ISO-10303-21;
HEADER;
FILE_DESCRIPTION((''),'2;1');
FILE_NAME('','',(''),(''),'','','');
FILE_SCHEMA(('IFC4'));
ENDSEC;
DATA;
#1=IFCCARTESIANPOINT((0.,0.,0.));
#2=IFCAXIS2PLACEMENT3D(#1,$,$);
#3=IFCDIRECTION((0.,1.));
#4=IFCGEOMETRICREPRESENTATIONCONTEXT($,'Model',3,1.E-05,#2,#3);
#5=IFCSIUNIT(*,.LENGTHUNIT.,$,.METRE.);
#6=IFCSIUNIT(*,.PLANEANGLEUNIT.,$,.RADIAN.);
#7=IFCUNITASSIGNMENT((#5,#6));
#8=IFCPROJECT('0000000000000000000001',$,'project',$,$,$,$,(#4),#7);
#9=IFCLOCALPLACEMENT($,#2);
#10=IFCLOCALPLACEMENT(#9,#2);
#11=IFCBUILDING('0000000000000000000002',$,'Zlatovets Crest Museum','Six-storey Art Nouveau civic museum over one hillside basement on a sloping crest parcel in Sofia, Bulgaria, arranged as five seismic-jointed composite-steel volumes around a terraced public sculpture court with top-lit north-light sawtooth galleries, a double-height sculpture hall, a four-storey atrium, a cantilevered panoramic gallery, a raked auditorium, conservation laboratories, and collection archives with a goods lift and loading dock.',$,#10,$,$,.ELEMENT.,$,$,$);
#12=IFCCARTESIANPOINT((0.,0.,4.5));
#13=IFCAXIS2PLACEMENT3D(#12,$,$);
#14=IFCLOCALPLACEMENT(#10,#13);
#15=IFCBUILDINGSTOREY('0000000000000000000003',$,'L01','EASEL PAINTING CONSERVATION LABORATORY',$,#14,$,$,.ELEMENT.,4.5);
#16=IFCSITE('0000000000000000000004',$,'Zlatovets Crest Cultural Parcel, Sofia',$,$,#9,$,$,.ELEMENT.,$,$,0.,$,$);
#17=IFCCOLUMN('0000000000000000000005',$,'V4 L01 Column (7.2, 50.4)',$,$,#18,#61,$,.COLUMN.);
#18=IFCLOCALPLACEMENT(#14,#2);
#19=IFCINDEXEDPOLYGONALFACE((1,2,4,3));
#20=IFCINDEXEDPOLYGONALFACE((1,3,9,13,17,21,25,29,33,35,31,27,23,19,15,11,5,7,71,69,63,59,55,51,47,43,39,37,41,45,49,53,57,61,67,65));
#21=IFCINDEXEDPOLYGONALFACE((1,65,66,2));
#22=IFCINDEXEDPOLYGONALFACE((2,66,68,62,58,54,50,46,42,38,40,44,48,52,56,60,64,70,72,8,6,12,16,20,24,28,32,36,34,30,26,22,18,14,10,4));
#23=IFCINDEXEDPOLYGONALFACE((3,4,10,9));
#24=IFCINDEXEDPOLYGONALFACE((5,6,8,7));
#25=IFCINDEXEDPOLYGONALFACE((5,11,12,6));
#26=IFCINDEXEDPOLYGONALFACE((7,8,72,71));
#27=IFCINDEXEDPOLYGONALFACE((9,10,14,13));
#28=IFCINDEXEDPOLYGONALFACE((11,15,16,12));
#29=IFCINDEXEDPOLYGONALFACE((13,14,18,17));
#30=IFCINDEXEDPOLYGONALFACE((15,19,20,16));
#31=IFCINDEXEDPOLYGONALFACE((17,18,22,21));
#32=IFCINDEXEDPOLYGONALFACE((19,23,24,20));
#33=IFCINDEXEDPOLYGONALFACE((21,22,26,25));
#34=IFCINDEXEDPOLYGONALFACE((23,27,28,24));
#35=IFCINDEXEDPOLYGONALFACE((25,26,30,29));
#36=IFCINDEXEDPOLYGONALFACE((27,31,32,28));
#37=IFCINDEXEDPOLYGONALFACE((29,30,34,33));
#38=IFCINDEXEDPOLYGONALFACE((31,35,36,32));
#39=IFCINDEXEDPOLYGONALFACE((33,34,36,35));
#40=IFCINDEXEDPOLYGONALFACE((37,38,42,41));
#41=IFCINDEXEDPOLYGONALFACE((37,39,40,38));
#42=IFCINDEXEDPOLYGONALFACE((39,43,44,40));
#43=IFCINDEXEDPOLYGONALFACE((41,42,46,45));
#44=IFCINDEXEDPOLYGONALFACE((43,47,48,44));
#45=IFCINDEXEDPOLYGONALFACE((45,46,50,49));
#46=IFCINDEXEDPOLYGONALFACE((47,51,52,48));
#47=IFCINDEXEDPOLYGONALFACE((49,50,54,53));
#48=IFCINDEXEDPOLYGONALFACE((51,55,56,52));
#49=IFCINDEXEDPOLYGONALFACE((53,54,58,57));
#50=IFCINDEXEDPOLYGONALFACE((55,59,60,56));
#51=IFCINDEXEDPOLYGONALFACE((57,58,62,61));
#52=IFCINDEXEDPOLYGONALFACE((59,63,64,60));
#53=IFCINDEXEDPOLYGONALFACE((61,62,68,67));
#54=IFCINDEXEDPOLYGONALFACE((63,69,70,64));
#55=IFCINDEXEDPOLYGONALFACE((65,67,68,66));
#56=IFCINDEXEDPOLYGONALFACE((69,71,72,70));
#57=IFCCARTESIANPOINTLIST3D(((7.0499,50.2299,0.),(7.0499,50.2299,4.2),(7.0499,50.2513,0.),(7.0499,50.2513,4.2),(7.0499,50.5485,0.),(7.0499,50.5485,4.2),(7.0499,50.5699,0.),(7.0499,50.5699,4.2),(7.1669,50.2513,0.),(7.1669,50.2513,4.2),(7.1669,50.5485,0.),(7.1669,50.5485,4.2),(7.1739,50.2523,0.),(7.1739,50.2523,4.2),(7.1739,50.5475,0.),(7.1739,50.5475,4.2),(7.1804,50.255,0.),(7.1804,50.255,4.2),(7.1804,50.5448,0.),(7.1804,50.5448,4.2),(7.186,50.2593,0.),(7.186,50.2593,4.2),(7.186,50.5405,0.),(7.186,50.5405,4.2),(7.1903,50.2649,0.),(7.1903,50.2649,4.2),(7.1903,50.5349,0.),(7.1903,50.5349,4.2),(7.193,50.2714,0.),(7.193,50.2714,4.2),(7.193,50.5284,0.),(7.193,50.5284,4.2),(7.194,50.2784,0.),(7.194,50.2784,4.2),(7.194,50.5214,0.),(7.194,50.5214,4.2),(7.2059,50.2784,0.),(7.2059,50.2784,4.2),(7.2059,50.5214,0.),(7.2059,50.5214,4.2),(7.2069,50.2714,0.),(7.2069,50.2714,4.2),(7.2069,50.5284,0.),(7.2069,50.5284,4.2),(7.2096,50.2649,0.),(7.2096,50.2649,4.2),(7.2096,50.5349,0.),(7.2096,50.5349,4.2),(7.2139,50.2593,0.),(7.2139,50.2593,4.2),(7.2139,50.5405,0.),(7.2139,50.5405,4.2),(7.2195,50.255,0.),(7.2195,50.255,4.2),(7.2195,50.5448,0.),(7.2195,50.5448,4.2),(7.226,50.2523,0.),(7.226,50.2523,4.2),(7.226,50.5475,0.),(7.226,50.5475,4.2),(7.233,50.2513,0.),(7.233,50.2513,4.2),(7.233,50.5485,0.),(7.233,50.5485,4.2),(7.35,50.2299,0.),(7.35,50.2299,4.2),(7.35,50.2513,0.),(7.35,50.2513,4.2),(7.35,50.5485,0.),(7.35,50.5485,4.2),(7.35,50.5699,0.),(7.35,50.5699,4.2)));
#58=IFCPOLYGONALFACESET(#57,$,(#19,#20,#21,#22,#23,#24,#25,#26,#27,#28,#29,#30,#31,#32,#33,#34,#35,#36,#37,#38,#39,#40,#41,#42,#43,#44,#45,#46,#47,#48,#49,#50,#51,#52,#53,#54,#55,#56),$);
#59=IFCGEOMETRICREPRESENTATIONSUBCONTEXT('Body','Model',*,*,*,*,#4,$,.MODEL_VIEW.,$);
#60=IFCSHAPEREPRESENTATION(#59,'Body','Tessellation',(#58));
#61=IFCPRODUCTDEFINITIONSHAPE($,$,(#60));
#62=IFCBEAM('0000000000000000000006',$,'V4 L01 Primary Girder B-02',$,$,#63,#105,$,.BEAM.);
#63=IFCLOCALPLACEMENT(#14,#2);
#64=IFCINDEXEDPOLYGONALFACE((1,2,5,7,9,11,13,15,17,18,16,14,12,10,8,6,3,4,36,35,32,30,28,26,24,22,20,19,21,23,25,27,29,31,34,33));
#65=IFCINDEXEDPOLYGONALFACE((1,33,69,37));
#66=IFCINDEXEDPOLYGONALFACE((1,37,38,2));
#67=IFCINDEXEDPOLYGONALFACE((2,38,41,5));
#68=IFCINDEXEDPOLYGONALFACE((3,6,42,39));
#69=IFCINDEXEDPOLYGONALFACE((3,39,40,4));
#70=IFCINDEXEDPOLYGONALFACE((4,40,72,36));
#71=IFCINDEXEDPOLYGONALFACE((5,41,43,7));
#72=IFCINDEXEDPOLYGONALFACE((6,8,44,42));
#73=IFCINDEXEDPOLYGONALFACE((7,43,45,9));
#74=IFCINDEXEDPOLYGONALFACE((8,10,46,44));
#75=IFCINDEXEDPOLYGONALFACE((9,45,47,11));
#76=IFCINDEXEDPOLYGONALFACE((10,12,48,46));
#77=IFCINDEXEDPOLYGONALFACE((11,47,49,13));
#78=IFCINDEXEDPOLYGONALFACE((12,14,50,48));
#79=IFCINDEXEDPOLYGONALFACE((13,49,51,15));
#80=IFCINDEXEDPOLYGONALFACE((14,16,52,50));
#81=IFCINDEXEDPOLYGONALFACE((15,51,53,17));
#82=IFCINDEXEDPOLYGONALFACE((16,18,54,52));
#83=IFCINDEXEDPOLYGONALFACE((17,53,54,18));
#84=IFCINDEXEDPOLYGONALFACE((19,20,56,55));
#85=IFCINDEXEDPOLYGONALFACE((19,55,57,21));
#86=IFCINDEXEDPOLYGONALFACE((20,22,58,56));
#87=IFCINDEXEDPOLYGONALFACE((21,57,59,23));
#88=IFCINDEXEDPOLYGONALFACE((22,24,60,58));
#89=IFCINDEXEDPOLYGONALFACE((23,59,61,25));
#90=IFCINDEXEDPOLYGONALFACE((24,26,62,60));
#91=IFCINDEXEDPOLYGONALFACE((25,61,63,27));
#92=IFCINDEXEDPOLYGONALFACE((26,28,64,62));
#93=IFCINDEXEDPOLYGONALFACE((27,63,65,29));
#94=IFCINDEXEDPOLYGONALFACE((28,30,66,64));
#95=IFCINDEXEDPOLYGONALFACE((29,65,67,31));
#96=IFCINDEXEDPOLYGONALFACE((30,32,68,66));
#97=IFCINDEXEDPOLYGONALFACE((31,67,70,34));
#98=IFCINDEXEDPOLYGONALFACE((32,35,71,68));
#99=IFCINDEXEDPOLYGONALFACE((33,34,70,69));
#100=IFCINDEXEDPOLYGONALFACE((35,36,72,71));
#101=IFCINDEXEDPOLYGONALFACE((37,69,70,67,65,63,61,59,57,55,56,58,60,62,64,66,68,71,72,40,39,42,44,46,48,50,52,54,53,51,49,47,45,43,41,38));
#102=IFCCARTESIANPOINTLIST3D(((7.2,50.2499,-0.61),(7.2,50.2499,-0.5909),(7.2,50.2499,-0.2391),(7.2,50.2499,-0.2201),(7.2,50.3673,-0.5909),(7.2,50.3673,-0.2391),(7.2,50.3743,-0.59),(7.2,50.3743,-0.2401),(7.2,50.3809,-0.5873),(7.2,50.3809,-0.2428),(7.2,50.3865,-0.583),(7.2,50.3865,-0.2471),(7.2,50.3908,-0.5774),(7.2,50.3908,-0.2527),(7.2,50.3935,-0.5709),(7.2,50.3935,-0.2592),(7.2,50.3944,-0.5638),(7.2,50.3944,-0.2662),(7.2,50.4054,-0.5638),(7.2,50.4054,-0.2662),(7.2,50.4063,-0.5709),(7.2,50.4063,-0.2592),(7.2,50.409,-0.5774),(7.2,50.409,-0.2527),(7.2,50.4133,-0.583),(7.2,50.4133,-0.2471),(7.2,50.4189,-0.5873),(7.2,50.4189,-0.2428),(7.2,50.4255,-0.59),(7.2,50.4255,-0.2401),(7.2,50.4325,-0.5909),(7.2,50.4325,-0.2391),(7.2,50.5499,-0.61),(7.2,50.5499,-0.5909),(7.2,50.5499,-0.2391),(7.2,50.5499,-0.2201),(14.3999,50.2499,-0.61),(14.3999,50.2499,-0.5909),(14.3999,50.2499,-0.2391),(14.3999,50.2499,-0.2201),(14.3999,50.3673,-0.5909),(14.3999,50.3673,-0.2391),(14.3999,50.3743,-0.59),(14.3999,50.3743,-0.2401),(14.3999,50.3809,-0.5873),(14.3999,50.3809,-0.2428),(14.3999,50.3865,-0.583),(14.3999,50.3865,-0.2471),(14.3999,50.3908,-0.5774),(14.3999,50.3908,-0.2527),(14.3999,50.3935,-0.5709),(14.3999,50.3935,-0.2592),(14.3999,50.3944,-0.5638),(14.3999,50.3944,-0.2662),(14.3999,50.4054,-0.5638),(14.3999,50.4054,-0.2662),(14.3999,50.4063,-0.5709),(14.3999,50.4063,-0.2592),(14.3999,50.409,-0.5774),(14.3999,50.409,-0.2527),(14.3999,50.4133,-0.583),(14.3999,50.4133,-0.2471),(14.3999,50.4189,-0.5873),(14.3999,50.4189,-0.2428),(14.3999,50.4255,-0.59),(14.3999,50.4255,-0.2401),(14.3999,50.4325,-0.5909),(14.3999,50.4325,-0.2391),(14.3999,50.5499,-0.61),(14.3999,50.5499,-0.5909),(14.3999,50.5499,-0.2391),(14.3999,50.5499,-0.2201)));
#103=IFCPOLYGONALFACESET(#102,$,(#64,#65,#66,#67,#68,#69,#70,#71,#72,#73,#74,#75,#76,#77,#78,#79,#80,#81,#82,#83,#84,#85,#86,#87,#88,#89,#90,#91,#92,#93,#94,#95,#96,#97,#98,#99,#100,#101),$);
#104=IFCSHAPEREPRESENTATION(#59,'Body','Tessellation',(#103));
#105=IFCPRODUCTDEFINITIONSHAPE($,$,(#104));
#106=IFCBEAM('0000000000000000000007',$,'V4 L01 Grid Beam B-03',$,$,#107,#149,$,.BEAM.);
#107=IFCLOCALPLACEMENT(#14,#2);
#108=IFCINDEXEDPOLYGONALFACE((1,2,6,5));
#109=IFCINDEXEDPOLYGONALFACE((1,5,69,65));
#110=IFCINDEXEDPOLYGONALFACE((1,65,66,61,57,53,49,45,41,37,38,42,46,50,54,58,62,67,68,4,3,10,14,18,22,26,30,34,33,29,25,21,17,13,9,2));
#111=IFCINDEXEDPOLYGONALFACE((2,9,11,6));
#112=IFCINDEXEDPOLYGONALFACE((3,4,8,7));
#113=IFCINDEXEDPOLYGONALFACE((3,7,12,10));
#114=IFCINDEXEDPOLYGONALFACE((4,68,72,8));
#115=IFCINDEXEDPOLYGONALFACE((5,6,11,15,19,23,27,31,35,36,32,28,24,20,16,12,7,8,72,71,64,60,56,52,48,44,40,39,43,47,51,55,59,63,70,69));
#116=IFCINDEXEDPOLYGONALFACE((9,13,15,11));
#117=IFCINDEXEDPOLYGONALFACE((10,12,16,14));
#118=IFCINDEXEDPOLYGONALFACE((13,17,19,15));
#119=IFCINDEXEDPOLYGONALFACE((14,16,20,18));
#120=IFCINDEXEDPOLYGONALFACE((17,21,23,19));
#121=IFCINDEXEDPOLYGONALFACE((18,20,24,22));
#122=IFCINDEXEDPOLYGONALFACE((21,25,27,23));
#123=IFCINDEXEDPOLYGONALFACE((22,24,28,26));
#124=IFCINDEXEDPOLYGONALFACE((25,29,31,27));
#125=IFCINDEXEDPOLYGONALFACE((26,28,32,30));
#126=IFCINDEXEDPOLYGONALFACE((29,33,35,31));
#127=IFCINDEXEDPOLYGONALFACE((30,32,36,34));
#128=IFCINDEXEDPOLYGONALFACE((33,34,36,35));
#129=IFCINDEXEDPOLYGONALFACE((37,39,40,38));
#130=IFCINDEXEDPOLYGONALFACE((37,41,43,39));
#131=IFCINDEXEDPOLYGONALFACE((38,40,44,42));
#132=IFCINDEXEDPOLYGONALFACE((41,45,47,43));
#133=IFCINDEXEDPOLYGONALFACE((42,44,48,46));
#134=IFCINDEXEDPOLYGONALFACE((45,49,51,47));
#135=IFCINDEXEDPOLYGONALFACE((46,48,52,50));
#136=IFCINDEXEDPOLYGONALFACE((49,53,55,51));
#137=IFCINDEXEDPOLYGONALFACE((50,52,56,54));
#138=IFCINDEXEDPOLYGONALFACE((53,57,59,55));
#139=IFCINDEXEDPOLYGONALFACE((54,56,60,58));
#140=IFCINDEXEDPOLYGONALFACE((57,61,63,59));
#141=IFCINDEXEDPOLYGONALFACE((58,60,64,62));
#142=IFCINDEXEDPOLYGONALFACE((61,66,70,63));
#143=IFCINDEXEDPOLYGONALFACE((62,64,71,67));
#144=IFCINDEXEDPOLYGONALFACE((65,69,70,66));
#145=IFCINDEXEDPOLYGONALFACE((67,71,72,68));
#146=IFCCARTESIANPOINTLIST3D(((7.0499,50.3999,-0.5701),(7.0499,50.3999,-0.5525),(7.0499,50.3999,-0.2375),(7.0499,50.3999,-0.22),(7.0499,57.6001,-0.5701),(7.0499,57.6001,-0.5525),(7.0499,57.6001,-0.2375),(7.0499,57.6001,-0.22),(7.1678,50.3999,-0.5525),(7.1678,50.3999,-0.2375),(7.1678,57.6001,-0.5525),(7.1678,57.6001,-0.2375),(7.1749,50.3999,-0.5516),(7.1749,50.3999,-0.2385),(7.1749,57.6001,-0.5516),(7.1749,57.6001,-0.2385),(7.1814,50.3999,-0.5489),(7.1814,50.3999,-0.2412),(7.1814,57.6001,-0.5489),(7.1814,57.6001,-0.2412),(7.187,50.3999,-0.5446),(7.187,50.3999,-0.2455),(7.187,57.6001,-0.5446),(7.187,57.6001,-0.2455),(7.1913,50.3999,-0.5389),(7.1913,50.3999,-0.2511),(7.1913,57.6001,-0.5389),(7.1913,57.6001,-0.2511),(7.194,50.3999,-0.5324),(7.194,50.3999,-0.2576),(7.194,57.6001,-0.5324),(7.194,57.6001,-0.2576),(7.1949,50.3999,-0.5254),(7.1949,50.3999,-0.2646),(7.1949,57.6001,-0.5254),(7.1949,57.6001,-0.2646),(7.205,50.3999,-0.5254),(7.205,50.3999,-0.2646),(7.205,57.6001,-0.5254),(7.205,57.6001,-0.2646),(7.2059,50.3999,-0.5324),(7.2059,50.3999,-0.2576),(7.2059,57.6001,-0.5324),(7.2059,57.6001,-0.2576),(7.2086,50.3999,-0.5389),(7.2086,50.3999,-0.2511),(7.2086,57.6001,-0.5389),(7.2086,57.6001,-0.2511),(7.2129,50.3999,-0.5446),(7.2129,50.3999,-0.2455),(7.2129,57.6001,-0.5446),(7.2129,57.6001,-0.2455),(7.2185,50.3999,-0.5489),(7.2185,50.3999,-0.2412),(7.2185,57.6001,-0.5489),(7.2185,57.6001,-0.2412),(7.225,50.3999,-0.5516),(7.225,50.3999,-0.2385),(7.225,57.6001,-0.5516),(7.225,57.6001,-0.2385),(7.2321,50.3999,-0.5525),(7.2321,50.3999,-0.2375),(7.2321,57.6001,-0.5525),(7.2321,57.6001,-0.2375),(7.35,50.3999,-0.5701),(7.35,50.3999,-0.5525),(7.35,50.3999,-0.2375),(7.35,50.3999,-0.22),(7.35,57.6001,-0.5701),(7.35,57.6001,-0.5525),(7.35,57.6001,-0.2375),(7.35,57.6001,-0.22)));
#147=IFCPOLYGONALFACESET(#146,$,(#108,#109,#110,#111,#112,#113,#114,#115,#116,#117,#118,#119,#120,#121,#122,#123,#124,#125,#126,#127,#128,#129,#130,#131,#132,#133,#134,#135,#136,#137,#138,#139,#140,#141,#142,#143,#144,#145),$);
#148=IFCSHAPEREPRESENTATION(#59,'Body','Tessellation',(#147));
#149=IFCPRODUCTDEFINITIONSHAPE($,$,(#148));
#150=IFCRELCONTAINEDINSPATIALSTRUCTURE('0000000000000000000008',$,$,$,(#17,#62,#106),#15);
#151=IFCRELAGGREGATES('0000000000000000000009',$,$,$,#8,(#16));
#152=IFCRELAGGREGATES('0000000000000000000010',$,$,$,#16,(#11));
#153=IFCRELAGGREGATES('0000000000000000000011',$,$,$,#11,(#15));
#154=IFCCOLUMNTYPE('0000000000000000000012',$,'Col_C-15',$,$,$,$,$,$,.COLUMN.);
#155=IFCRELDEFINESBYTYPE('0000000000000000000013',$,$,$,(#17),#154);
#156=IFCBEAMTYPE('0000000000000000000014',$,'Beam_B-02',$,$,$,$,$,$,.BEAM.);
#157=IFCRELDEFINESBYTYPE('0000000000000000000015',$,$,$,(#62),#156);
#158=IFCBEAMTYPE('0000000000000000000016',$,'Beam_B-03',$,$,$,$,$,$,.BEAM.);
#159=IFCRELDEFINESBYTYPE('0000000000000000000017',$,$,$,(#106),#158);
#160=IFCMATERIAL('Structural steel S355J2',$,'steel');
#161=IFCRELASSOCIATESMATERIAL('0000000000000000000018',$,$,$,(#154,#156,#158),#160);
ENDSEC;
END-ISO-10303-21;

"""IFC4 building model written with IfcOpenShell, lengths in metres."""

from ifc_helpers import new_model, si_unit, direction, frame, origin, origin_2d, place, context, subcontext, project, spatial, i_section, extrude, material, material_profile, profile_set, type_object, element, save


model = new_model("IFC4")

# Units and contexts
model_context = context("Model", 3, precision=1e-05, world=origin(), true_north=direction((0.0, 1.0)))
body_context = subcontext(model_context, "Body", "Model", "MODEL_VIEW")
ifc_project = project(units=[si_unit("LENGTHUNIT", "METRE"), si_unit("PLANEANGLEUNIT", "RADIAN")], contexts=[model_context])

# Site, building, storey
site_placement = place(None, origin())
site = spatial("IfcSite", under=ifc_project, at=site_placement, Name="Zlatovets Crest Cultural Parcel, Sofia", CompositionType="ELEMENT", RefElevation=0.0)
building_placement = place(site_placement, origin())
building = spatial("IfcBuilding", under=site, at=building_placement, Name="Zlatovets Crest Museum", Description="Six-storey Art Nouveau civic museum over one hillside basement on a sloping crest parcel in Sofia, Bulgaria, arranged as five seismic-jointed composite-steel volumes around a terraced public sculpture court with top-lit north-light sawtooth galleries, a double-height sculpture hall, a four-storey atrium, a cantilevered panoramic gallery, a raked auditorium, conservation laboratories, and collection archives with a goods lift and loading dock.", CompositionType="ELEMENT")
storey_placement = place(building_placement, frame((0.0, 0.0, 4.5)))
storey = spatial("IfcBuildingStorey", under=building, at=storey_placement, Name="L01", Description="EASEL PAINTING CONSERVATION LABORATORY", CompositionType="ELEMENT", Elevation=4.5)

# Column
ifc_material_1 = material(Name="Structural steel S355J2", Category="steel")
ifc_material_profile_1 = material_profile(ifc_material_1, i_section(OverallWidth=0.3, OverallDepth=0.3401, WebThickness=0.012, FlangeThickness=0.0215, FilletRadius=0.0271, at=origin_2d()), Name="HEB 340")
ifc_profile_set_1 = profile_set([ifc_material_profile_1], Name="Structural steel S355J2")
column_type = type_object("IfcColumnType", Name="Col_C-15", PredefinedType="COLUMN", material=ifc_profile_set_1)
column_placement = place(storey_placement, frame((7.2, 50.3999, 0.0), z_axis=(0.0, 0.0, 1.0), x_axis=(1.0, 0.0, 0.0)))
element("IfcColumn", 1, at=column_placement, inside=storey, type_object=column_type, Name="V4 L01 Column (7.2, 50.4)", PredefinedType="COLUMN", context=body_context, shape_type="SweptSolid", body=[
    extrude(i_section(OverallWidth=0.3, OverallDepth=0.3401, WebThickness=0.012, FlangeThickness=0.0215, FilletRadius=0.0271, at=origin_2d()), origin(), (0.0, 0.0, 1.0), 4.2),
])

# Beams
ifc_material_profile_2 = material_profile(ifc_material_1, i_section(OverallWidth=0.3, OverallDepth=0.3899, WebThickness=0.011, FlangeThickness=0.019, FilletRadius=0.0271, at=origin_2d()), Name="HEA 400")
ifc_profile_set_2 = profile_set([ifc_material_profile_2], Name="Structural steel S355J2")
beam_type_1 = type_object("IfcBeamType", Name="Beam_B-02", PredefinedType="BEAM", material=ifc_profile_set_2)
beam_1_placement = place(storey_placement, frame((7.2, 50.3999, -0.415), z_axis=(1.0, 0.0, 0.0), x_axis=(0.0, 1.0, 0.0)))
element("IfcBeam", 2, at=beam_1_placement, inside=storey, type_object=beam_type_1, Name="V4 L01 Primary Girder B-02", PredefinedType="BEAM", context=body_context, shape_type="SweptSolid", body=[
    extrude(i_section(OverallWidth=0.3, OverallDepth=0.3899, WebThickness=0.011, FlangeThickness=0.019, FilletRadius=0.0271, at=origin_2d()), origin(), (0.0, 0.0, 1.0), 7.2),
])
ifc_material_profile_3 = material_profile(ifc_material_1, i_section(OverallWidth=0.3, OverallDepth=0.3501, WebThickness=0.01, FlangeThickness=0.0176, FilletRadius=0.0271, at=origin_2d()), Name="HEA 360")
ifc_profile_set_3 = profile_set([ifc_material_profile_3], Name="Structural steel S355J2")
beam_type_2 = type_object("IfcBeamType", Name="Beam_B-03", PredefinedType="BEAM", material=ifc_profile_set_3)
beam_2_placement = place(storey_placement, frame((7.2, 50.3999, -0.395), z_axis=(0.0, 1.0, 0.0), x_axis=(-1.0, 0.0, 0.0)))
element("IfcBeam", 3, at=beam_2_placement, inside=storey, type_object=beam_type_2, Name="V4 L01 Grid Beam B-03", PredefinedType="BEAM", context=body_context, shape_type="SweptSolid", body=[
    extrude(i_section(OverallWidth=0.3, OverallDepth=0.3501, WebThickness=0.01, FlangeThickness=0.0176, FilletRadius=0.0271, at=origin_2d()), origin(), (0.0, 0.0, 1.0), 7.2002),
])

save(model, "model.ifc")
